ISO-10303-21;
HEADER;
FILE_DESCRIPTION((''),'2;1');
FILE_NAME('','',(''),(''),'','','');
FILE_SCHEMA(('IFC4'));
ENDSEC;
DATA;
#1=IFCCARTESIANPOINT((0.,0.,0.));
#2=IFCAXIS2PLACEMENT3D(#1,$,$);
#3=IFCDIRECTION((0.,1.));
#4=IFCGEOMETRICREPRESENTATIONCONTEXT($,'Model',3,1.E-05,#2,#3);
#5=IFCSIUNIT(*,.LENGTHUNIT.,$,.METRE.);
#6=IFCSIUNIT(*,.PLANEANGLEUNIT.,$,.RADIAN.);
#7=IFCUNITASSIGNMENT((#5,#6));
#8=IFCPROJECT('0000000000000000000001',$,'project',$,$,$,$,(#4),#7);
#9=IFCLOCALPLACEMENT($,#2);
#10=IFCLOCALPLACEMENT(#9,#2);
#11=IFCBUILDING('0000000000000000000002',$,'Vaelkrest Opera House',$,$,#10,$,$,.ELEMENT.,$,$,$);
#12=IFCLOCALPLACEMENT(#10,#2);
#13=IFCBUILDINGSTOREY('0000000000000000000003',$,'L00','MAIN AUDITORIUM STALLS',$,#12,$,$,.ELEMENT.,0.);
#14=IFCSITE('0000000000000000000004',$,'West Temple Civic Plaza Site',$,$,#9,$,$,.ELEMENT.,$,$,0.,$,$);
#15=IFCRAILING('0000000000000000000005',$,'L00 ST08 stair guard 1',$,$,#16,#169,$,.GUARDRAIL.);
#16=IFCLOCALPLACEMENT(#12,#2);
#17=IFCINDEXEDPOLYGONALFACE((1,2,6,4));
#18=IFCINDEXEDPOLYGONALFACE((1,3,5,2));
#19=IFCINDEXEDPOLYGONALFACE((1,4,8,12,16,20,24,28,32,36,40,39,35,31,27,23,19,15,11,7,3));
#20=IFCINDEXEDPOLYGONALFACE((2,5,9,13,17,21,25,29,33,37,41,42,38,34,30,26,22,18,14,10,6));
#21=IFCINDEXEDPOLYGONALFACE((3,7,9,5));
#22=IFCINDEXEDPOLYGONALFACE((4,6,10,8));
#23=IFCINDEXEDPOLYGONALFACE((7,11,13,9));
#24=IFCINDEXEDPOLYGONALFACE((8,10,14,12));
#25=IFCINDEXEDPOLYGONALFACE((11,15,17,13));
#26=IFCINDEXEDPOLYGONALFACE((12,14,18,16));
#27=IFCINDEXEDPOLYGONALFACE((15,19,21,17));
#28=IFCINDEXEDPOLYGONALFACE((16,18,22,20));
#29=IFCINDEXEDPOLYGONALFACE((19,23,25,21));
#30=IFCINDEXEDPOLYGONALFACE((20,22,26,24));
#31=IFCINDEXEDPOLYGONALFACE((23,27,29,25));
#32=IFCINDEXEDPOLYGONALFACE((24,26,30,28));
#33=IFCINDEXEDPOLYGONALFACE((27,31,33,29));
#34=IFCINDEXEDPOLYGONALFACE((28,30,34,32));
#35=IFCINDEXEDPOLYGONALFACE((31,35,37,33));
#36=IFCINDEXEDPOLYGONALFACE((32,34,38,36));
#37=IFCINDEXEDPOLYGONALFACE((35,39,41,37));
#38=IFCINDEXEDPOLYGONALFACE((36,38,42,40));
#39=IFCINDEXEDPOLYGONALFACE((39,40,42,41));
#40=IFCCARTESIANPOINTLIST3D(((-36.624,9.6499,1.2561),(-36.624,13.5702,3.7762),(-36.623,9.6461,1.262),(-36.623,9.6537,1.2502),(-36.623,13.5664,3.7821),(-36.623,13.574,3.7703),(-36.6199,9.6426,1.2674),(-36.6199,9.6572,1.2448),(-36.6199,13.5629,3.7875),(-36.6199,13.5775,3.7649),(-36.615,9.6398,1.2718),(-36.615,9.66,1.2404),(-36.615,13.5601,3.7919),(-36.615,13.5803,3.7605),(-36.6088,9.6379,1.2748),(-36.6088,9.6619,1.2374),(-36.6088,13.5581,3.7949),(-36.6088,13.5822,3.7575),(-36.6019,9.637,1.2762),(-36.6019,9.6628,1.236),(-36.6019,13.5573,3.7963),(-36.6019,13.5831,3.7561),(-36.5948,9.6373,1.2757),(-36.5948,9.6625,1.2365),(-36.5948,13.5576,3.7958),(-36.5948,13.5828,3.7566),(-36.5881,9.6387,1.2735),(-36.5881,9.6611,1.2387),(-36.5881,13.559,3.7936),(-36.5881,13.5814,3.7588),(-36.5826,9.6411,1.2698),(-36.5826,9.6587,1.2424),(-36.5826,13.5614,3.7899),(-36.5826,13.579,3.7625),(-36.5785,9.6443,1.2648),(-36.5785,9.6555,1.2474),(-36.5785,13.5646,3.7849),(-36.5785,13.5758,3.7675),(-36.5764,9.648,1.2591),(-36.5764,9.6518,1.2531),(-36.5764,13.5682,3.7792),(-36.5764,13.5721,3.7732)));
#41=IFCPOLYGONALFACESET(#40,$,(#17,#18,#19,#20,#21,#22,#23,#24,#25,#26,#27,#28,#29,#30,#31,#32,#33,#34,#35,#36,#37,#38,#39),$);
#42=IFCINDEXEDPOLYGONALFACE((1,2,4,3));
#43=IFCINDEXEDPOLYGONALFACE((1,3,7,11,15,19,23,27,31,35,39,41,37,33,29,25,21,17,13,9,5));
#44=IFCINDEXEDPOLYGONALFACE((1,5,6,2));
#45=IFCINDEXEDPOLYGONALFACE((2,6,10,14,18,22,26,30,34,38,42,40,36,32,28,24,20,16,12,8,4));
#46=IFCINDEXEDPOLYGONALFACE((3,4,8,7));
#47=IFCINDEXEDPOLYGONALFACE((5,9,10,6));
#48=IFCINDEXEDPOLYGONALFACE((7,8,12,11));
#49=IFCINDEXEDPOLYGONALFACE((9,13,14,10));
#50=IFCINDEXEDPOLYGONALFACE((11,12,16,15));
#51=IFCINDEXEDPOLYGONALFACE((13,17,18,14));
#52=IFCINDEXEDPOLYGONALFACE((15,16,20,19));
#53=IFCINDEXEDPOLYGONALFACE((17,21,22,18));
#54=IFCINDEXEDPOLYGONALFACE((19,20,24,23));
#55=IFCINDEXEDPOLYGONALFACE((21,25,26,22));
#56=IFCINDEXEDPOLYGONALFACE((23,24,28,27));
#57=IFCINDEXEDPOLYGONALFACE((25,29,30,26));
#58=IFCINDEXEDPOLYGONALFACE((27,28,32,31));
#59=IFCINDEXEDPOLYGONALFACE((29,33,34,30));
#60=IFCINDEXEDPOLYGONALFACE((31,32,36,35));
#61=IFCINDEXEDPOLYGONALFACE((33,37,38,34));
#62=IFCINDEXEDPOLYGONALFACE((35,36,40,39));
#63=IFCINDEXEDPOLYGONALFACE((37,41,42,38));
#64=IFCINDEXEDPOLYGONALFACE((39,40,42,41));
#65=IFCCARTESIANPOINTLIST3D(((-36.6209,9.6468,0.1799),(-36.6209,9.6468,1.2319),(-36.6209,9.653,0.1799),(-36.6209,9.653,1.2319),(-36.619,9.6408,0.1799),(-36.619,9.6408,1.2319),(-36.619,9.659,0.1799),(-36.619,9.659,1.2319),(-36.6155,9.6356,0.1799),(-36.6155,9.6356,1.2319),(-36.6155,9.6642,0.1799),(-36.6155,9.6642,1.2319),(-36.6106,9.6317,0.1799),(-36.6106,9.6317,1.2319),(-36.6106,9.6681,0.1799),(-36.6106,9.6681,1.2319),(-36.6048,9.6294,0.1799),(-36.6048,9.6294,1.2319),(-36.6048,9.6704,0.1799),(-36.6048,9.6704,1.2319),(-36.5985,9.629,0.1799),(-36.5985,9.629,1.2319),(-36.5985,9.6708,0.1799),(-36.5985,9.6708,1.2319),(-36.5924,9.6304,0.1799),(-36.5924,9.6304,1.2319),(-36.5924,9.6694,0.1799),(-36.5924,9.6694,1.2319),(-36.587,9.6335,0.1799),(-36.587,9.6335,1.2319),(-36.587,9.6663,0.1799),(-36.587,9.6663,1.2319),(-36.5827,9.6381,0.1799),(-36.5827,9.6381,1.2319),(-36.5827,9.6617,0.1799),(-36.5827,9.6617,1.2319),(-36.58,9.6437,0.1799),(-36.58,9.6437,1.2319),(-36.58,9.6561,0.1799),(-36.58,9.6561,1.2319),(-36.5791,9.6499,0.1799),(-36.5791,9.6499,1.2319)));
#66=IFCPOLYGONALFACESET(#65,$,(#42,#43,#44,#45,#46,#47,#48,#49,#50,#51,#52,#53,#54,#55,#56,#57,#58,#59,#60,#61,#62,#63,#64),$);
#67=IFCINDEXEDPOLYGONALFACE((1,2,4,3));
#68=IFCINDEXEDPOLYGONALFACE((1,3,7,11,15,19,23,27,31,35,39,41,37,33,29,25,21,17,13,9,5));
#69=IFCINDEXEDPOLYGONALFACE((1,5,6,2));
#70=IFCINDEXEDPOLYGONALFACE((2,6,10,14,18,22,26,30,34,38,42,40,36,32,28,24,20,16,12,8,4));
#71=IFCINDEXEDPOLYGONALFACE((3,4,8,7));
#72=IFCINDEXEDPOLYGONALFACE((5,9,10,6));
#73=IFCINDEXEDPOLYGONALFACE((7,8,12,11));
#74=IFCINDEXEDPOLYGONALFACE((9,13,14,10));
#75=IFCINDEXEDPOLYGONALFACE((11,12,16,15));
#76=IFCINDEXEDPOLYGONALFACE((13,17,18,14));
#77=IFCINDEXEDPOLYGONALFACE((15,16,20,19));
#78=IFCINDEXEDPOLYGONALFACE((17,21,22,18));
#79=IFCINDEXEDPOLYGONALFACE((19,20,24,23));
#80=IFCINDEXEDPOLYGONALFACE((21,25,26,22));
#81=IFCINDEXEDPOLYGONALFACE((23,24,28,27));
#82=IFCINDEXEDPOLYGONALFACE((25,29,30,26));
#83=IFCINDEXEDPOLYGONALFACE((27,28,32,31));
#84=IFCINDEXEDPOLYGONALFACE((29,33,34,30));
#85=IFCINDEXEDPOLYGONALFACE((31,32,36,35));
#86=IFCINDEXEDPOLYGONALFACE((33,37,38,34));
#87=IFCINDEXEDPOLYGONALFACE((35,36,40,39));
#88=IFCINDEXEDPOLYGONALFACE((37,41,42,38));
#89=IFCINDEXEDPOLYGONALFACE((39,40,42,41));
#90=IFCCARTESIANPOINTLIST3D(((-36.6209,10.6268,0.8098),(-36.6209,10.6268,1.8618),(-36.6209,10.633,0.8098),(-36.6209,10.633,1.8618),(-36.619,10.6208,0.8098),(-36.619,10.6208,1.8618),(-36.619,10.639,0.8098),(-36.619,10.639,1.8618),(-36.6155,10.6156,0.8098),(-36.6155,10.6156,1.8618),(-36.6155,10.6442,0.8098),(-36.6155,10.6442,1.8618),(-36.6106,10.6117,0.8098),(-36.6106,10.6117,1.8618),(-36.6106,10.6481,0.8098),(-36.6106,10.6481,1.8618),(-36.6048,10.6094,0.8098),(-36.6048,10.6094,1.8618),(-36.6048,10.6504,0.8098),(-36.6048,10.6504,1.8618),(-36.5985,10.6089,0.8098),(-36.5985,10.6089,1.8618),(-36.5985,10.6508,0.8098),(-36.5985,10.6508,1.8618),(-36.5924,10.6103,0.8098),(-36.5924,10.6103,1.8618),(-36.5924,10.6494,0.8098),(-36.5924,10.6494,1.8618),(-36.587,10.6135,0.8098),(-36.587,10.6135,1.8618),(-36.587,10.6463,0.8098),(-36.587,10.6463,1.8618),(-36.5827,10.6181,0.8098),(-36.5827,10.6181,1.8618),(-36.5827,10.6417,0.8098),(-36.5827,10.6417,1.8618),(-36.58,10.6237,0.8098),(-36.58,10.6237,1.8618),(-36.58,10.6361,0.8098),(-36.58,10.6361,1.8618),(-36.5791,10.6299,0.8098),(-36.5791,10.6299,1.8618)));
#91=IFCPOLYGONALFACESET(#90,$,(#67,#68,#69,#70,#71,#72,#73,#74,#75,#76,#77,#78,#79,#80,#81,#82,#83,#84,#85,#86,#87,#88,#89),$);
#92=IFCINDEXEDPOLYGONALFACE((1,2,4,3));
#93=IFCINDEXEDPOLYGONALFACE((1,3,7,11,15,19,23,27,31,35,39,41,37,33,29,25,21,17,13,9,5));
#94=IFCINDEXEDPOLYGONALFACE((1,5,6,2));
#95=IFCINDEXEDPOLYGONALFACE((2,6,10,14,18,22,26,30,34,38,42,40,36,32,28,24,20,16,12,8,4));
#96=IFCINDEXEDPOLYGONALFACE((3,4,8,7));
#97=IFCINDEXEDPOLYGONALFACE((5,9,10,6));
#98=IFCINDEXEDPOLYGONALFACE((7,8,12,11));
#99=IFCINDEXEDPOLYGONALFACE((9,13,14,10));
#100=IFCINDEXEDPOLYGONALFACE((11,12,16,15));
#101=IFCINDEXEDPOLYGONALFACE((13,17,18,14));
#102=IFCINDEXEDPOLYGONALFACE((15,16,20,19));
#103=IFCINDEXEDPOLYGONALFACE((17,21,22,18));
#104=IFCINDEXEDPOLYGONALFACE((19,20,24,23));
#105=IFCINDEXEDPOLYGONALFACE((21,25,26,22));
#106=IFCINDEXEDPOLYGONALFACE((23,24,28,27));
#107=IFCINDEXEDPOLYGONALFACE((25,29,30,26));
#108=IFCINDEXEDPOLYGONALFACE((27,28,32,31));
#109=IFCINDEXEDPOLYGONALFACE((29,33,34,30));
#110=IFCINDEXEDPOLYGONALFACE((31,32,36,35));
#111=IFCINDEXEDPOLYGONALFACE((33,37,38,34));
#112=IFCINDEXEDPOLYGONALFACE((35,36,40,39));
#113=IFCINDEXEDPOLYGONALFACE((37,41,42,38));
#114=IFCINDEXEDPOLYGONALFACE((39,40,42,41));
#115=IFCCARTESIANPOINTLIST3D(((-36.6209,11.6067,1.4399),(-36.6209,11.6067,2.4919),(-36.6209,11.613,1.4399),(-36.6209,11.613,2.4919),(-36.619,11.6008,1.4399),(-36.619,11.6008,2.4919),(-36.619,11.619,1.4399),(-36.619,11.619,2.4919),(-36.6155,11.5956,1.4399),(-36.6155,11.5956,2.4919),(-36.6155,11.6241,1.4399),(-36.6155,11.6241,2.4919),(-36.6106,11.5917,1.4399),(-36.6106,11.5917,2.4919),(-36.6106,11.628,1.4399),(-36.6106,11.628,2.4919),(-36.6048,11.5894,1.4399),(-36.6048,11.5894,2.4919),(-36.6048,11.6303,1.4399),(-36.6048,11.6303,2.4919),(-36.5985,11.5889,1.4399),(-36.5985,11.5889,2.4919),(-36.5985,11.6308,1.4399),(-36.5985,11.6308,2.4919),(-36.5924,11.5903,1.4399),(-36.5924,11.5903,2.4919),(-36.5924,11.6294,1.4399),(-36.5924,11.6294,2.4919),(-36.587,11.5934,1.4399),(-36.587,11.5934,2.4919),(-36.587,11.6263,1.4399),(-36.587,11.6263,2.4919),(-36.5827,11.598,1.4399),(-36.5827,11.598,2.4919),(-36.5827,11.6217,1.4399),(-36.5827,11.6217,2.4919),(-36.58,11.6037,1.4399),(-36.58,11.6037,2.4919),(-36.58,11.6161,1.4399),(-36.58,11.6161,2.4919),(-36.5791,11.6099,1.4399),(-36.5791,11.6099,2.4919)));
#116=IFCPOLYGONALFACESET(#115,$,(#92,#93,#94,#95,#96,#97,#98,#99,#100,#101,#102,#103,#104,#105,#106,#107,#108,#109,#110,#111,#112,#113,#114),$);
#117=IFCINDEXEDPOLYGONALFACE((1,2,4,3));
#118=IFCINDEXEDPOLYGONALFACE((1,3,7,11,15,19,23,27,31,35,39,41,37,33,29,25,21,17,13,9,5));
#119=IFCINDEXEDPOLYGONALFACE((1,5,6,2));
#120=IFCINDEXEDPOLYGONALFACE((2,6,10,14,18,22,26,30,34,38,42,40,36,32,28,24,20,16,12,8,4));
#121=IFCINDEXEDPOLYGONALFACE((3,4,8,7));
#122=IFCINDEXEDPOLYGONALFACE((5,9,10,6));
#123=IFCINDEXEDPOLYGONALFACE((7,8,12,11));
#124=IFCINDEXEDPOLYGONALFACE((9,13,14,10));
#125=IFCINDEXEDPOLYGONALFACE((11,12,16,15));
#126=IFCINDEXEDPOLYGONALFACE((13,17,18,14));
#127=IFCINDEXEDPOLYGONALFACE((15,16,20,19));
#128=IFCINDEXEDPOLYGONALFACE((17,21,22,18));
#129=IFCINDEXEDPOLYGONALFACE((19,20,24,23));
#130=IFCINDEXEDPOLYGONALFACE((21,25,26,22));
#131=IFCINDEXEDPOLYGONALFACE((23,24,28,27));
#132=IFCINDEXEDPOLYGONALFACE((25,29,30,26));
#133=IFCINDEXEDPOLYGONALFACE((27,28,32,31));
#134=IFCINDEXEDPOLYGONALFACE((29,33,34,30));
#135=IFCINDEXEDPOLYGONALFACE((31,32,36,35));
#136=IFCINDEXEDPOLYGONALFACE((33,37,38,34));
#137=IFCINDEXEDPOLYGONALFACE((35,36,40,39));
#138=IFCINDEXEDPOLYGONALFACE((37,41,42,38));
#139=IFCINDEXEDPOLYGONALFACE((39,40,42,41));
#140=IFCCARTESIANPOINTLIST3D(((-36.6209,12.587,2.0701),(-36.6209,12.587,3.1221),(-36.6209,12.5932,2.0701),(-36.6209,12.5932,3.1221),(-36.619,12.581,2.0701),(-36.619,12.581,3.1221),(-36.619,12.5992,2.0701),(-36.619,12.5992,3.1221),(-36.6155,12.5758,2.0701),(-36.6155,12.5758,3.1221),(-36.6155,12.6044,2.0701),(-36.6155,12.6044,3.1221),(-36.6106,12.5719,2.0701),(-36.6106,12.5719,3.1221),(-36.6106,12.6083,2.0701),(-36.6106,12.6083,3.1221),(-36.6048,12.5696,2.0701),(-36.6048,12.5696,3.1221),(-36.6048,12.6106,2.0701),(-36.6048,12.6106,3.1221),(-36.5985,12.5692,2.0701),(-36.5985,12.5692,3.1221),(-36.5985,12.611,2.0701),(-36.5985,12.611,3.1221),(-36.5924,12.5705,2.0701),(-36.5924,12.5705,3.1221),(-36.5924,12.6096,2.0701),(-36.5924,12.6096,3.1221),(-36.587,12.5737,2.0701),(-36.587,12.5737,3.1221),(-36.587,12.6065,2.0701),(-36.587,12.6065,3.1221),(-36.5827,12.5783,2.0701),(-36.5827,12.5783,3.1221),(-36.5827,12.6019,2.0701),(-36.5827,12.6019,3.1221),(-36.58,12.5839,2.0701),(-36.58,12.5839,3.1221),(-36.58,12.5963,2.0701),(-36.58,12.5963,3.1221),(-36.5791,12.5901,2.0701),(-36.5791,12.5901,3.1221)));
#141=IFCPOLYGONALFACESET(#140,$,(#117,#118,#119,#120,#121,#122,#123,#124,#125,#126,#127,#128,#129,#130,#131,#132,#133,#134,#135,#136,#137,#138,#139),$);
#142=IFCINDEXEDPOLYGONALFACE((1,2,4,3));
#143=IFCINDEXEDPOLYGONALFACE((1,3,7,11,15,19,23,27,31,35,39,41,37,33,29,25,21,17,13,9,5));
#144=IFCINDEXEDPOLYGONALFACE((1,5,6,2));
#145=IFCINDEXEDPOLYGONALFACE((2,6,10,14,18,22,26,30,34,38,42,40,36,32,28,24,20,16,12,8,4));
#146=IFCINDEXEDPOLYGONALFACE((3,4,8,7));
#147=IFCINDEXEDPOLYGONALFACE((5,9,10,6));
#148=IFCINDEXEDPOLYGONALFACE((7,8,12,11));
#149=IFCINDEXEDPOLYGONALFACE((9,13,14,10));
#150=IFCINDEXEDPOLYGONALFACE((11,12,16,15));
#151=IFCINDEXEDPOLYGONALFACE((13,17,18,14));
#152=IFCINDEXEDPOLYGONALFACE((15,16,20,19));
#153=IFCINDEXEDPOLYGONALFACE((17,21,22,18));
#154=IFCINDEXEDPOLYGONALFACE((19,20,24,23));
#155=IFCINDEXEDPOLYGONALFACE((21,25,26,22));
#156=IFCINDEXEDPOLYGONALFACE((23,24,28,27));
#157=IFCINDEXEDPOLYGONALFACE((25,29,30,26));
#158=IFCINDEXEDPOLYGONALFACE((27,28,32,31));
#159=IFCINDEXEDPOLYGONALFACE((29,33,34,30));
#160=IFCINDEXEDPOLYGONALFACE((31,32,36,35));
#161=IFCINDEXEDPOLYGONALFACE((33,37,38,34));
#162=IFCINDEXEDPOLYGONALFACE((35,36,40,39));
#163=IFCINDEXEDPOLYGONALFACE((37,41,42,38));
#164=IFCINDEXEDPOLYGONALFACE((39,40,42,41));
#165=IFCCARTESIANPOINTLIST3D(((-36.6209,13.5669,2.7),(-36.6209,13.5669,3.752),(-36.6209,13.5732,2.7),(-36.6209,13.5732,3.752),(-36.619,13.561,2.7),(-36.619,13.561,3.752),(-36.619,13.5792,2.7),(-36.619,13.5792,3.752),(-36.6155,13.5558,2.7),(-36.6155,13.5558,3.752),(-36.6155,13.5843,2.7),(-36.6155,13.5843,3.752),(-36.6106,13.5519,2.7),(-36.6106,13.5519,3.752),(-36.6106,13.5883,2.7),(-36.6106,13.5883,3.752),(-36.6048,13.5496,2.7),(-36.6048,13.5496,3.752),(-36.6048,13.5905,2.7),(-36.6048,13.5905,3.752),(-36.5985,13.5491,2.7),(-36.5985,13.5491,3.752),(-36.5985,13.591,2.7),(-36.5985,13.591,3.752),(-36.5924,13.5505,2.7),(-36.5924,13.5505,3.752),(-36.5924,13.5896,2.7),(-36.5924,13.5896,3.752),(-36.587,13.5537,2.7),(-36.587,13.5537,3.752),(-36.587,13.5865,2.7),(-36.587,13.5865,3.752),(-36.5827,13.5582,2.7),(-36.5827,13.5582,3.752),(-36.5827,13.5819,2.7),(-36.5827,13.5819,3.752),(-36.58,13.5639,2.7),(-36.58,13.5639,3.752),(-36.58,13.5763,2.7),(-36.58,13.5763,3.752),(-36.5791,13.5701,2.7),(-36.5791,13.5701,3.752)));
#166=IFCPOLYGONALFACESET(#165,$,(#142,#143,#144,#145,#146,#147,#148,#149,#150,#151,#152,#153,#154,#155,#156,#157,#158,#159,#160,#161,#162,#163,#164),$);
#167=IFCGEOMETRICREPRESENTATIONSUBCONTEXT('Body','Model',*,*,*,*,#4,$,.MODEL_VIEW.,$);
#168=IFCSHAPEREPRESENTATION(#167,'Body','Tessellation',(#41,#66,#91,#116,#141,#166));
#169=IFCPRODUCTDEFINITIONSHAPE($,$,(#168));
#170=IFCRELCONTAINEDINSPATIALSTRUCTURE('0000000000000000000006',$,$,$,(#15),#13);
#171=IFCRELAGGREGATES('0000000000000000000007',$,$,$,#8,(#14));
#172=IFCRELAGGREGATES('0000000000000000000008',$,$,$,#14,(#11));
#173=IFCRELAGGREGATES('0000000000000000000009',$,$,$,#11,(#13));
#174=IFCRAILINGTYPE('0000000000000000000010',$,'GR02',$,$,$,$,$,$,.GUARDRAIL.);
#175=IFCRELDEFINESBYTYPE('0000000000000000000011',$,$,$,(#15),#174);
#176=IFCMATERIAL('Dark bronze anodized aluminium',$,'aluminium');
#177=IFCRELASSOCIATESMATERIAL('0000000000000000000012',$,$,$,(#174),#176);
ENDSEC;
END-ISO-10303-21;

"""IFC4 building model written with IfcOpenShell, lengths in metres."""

from ifc_helpers import new_model, si_unit, direction, frame, origin, origin_2d, place, context, subcontext, project, spatial, circle, extrude, material, type_object, element, save


model = new_model("IFC4")

# Units and contexts
model_context = context("Model", 3, precision=1e-05, world=origin(), true_north=direction((0.0, 1.0)))
body_context = subcontext(model_context, "Body", "Model", "MODEL_VIEW")
ifc_project = project(units=[si_unit("LENGTHUNIT", "METRE"), si_unit("PLANEANGLEUNIT", "RADIAN")], contexts=[model_context])

# Site, building, storey
site_placement = place(None, origin())
site = spatial("IfcSite", under=ifc_project, at=site_placement, Name="West Temple Civic Plaza Site", CompositionType="ELEMENT", RefElevation=0.0)
building_placement = place(site_placement, origin())
building = spatial("IfcBuilding", under=site, at=building_placement, Name="Vaelkrest Opera House", CompositionType="ELEMENT")
storey_placement = place(building_placement, origin())
storey = spatial("IfcBuildingStorey", under=building, at=storey_placement, Name="L00", Description="MAIN AUDITORIUM STALLS", CompositionType="ELEMENT", Elevation=0.0)

# Shared definitions
ifc_material_1 = material(Name="Dark bronze anodized aluminium", Category="aluminium")

# Railing
railing_type_1 = type_object("IfcRailingType", Name="GR02", PredefinedType="GUARDRAIL", material=ifc_material_1)
railing_1_placement = place(storey_placement, frame((-36.6001, 9.6499, 0.1799)))
element("IfcRailing", 1, at=railing_1_placement, inside=storey, type_object=railing_type_1, Name="L00 ST08 stair guard 1", PredefinedType="GUARDRAIL", context=body_context, shape_type="SweptSolid", body=[
    extrude(circle(Radius=0.0239, at=origin_2d()), frame((0.0, 0.0, 1.0762), z_axis=(0.0, 0.841187, 0.540744), x_axis=(-1.0, 0.0, 0.0)), (0.0, 0.0, 1.0), 4.6604),
    extrude(circle(Radius=0.021, at=origin_2d()), origin(), (0.0, 0.0, 1.0), 1.052),
    extrude(circle(Radius=0.021, at=origin_2d()), frame((0.0, 0.98, 0.6299)), (0.0, 0.0, 1.0), 1.052),
    extrude(circle(Radius=0.021, at=origin_2d()), frame((0.0, 1.96, 1.26)), (0.0, 0.0, 1.0), 1.052),
    extrude(circle(Radius=0.021, at=origin_2d()), frame((0.0, 2.9402, 1.8901)), (0.0, 0.0, 1.0), 1.052),
    extrude(circle(Radius=0.021, at=origin_2d()), frame((0.0, 3.9202, 2.52)), (0.0, 0.0, 1.0), 1.052),
])

save(model, "model.ifc")
